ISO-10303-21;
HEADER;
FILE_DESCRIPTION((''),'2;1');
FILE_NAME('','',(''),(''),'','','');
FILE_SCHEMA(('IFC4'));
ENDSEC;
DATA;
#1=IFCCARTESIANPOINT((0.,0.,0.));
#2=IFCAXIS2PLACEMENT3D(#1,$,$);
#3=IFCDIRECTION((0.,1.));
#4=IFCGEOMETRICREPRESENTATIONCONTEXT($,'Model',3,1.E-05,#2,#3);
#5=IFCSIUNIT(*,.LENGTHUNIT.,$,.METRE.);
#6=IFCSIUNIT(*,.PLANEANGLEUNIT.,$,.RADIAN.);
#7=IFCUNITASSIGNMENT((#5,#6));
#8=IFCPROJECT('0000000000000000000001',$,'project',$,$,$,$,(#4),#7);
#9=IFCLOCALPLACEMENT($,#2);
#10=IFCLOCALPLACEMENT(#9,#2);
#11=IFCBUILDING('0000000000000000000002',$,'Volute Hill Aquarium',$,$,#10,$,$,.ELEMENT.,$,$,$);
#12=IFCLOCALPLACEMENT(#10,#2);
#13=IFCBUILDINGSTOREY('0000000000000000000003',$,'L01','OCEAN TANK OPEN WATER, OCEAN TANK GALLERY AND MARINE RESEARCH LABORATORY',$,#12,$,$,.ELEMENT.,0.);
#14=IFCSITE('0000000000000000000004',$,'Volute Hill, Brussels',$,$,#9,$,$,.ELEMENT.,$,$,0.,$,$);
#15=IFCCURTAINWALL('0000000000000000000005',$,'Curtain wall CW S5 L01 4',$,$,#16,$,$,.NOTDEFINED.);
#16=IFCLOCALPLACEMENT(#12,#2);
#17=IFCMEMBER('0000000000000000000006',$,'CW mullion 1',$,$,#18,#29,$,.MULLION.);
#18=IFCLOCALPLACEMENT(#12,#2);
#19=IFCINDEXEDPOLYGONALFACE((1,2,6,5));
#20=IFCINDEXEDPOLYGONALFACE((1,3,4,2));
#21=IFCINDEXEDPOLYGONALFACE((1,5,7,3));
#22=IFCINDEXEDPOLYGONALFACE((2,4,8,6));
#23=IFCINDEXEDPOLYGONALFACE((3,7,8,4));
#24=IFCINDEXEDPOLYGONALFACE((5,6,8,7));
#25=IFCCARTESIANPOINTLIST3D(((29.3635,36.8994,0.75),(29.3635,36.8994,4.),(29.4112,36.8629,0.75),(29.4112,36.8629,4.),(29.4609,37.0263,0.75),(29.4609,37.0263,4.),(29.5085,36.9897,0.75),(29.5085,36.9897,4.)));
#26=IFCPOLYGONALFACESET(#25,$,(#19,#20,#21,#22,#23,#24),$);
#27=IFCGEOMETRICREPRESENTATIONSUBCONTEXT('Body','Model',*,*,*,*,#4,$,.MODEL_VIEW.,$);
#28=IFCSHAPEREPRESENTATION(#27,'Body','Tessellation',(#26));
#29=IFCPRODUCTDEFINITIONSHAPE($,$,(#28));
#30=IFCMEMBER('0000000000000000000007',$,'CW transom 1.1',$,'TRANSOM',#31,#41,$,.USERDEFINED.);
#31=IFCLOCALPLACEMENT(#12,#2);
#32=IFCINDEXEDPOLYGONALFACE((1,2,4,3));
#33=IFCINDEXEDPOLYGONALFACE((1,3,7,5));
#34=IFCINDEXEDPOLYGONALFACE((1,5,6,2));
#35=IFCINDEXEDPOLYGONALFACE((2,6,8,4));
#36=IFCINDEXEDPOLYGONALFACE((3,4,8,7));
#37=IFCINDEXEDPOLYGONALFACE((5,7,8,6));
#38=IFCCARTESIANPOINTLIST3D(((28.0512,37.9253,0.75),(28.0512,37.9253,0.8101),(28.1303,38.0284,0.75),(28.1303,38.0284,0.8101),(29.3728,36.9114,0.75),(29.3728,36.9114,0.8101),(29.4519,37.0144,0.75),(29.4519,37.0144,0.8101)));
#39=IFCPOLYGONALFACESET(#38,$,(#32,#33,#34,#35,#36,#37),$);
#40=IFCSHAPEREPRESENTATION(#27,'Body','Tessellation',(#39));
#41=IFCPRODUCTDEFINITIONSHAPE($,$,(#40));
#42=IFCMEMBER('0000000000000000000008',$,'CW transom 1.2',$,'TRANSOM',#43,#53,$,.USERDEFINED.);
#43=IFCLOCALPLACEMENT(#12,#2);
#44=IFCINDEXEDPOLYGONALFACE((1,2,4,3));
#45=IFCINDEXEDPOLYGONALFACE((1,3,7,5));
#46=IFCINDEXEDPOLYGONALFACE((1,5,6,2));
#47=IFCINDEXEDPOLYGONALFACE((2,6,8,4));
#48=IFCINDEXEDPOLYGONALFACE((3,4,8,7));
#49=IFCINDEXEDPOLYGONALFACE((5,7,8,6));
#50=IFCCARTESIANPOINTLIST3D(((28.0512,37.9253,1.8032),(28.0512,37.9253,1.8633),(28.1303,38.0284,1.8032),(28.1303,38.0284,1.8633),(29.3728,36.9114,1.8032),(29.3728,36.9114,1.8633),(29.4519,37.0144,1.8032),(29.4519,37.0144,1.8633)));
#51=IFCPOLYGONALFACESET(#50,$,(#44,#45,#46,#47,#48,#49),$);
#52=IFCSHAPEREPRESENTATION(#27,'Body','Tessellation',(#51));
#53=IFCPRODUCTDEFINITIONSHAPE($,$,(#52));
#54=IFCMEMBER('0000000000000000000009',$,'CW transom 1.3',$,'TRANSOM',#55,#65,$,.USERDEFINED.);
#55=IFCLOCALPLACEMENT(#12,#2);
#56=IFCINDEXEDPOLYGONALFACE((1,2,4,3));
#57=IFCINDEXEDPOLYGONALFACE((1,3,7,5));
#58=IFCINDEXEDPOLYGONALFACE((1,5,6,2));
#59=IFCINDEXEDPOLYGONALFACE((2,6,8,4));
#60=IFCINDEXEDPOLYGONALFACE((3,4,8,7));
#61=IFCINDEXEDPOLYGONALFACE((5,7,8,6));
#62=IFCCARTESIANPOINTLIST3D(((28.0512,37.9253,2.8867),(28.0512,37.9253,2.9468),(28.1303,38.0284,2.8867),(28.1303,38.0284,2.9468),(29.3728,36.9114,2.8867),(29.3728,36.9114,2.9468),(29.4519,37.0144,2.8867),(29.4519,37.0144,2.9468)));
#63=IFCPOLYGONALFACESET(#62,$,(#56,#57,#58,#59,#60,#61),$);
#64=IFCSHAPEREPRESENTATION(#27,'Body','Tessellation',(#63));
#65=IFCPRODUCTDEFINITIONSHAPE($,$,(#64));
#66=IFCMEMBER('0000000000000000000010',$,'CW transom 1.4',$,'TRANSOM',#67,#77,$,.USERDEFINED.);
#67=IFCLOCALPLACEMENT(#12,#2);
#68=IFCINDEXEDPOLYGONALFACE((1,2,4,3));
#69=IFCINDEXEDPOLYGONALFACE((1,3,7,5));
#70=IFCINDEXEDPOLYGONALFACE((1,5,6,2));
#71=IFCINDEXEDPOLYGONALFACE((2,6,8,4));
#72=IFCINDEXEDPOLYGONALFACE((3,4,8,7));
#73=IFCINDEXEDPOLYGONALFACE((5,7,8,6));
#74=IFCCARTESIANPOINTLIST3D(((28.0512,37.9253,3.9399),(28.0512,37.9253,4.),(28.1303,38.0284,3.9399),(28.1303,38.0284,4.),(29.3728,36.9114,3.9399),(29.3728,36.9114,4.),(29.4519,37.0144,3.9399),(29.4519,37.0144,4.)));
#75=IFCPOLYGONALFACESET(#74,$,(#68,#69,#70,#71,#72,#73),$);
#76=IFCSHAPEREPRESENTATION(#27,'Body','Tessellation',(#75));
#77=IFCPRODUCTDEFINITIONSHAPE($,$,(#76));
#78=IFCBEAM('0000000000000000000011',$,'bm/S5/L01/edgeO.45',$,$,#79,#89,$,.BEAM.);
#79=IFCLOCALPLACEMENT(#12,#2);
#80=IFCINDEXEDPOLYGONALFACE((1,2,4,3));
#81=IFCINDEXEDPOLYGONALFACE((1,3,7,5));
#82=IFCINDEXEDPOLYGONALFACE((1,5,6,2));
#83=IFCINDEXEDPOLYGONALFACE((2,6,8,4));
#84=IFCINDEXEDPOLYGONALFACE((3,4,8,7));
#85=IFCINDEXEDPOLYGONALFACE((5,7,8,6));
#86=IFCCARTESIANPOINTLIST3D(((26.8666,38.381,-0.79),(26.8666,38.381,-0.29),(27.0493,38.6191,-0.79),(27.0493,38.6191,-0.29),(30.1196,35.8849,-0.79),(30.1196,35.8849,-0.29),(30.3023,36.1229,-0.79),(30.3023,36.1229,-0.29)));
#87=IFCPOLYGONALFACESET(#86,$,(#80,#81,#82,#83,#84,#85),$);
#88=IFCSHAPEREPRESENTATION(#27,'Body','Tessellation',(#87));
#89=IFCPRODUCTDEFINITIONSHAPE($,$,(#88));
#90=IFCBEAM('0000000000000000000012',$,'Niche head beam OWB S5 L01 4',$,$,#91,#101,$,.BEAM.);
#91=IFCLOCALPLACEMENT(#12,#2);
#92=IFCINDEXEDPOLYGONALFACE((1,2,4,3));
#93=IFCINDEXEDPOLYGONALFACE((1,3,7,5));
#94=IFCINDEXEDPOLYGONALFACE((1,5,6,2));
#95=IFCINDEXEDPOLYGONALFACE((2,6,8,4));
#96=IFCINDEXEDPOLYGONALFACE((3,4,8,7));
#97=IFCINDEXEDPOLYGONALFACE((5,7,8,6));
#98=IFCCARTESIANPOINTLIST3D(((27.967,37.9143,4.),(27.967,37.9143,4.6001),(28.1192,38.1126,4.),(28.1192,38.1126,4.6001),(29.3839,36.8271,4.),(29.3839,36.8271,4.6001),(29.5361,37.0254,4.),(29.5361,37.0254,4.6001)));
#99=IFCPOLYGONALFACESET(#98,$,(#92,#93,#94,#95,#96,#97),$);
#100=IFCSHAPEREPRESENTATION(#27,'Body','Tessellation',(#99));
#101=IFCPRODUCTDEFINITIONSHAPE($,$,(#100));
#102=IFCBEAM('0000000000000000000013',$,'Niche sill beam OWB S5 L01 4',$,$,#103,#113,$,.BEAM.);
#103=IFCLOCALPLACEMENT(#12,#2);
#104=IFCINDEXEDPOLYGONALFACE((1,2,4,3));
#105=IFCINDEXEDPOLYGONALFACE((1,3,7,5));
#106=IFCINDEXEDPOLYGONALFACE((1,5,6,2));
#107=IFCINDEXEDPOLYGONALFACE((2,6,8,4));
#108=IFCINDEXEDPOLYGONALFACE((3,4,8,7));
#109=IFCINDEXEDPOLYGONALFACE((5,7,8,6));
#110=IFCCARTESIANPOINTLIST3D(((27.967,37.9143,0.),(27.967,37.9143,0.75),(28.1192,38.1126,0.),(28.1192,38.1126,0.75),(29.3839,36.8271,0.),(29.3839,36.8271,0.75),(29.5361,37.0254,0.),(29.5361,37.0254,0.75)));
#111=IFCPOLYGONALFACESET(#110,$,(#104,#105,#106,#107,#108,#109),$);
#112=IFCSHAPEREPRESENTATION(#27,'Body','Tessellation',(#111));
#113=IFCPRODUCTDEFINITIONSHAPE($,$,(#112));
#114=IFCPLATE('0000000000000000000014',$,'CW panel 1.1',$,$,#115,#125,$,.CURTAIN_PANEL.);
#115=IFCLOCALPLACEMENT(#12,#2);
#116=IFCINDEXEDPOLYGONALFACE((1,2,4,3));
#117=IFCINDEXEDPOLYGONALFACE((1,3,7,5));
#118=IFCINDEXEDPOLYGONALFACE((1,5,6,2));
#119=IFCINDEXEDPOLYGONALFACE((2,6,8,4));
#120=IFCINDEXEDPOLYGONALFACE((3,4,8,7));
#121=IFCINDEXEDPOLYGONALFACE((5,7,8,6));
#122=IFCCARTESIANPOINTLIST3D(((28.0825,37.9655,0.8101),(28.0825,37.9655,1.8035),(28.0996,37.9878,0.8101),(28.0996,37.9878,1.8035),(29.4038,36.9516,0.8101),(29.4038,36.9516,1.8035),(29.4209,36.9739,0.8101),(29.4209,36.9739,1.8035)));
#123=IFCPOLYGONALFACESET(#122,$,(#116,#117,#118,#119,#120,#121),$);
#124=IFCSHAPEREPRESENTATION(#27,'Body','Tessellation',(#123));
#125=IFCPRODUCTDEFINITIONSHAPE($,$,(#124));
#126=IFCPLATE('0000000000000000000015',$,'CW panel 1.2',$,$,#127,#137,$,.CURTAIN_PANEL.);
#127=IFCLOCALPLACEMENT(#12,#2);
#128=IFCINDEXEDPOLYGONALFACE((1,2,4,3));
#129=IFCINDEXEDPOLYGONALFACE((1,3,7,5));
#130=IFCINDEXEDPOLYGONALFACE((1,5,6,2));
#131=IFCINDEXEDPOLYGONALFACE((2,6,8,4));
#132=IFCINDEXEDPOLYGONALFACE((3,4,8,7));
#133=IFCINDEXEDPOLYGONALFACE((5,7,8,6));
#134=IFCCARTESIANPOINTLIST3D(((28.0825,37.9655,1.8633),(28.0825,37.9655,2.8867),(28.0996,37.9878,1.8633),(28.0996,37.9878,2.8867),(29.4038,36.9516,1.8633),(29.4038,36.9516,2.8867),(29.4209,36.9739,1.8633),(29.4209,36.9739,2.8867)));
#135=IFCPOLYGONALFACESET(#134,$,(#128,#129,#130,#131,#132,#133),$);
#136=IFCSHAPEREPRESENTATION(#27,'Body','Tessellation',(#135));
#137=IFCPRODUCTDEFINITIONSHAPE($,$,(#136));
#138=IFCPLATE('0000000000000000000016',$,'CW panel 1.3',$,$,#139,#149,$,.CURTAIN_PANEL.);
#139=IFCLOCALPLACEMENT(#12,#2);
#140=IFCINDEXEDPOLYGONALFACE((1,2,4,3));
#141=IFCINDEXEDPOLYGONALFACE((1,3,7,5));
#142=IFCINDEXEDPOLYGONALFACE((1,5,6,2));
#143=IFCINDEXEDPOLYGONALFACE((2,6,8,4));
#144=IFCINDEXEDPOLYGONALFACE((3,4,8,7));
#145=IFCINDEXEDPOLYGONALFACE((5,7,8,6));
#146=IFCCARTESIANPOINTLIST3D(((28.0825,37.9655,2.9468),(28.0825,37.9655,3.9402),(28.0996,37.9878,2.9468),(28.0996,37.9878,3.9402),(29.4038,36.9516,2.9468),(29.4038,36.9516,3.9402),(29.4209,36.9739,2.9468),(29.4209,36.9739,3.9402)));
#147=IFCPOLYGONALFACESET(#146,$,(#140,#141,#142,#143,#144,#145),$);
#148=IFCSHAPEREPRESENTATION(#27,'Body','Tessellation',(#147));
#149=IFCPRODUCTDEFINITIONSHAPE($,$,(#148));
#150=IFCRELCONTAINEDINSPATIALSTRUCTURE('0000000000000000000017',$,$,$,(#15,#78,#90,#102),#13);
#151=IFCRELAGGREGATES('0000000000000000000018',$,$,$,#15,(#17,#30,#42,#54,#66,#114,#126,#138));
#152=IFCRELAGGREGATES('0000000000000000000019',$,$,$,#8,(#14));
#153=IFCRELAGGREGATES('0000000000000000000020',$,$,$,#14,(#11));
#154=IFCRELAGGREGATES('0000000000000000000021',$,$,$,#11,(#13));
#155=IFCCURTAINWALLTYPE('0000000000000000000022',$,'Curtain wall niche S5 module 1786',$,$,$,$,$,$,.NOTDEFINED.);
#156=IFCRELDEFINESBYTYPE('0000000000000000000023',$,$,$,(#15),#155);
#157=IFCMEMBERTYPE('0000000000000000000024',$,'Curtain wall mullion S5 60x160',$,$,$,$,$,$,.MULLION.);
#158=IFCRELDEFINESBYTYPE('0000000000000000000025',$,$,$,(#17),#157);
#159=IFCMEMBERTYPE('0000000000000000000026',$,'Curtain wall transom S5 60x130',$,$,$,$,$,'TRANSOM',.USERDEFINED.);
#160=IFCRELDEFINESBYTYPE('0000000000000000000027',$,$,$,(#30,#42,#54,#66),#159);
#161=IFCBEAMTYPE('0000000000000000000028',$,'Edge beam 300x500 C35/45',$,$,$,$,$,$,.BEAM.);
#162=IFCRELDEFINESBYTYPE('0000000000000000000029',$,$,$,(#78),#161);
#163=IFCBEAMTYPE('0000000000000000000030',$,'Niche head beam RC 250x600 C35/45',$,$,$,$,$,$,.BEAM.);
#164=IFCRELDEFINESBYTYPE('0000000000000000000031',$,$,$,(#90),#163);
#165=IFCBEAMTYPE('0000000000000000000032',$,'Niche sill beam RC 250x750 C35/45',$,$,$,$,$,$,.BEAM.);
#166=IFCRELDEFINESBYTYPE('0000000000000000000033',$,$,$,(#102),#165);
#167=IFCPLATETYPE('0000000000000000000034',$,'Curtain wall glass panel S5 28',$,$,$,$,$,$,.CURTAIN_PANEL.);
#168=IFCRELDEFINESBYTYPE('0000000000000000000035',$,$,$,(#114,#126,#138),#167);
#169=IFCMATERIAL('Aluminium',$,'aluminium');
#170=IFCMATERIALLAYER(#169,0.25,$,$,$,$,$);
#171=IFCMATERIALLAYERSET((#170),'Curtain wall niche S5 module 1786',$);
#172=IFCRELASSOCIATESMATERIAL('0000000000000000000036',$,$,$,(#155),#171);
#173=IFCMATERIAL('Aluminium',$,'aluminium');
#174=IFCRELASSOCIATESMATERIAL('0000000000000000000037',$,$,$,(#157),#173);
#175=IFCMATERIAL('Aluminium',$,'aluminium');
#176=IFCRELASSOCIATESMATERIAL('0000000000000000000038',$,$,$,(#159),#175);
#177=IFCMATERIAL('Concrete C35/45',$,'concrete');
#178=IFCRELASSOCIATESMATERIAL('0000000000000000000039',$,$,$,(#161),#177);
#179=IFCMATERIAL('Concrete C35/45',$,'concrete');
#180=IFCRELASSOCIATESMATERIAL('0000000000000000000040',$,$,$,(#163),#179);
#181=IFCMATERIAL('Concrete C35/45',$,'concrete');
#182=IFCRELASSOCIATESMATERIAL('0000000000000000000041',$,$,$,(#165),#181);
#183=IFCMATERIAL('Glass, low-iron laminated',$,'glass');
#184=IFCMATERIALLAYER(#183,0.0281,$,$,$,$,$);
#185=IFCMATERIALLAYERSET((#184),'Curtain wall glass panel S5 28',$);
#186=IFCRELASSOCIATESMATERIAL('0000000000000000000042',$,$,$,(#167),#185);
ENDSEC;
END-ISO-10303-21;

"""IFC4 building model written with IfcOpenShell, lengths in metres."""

from ifc_helpers import new_model, si_unit, direction, frame, origin, origin_2d, place, context, subcontext, project, spatial, rectangle, extrude, material, layer, layer_set, material_profile, profile_set, type_object, element, aggregate, save


model = new_model("IFC4")

# Units and contexts
model_context = context("Model", 3, precision=1e-05, world=origin(), true_north=direction((0.0, 1.0)))
body_context = subcontext(model_context, "Body", "Model", "MODEL_VIEW")
ifc_project = project(units=[si_unit("LENGTHUNIT", "METRE"), si_unit("PLANEANGLEUNIT", "RADIAN")], contexts=[model_context])

# Site, building, storey
site_placement = place(None, origin())
site = spatial("IfcSite", under=ifc_project, at=site_placement, Name="Volute Hill, Brussels", CompositionType="ELEMENT", RefElevation=0.0)
building_placement = place(site_placement, origin())
building = spatial("IfcBuilding", under=site, at=building_placement, Name="Volute Hill Aquarium", CompositionType="ELEMENT")
storey_placement = place(building_placement, origin())
storey = spatial("IfcBuildingStorey", under=building, at=storey_placement, Name="L01", Description="OCEAN TANK OPEN WATER, OCEAN TANK GALLERY AND MARINE RESEARCH LABORATORY", CompositionType="ELEMENT", Elevation=0.0)

# Curtain wall, members
ifc_material_1 = material(Name="Aluminium", Category="aluminium")
ifc_layer_1 = layer(ifc_material_1, 0.25)
ifc_layer_set_1 = layer_set([ifc_layer_1], Name="Curtain wall niche S5 module 1786")
curtain_wall_type = type_object("IfcCurtainWallType", Name="Curtain wall niche S5 module 1786", PredefinedType="NOTDEFINED", material=ifc_layer_set_1)
curtain_wall_placement = place(storey_placement, origin())
curtain_wall = element("IfcCurtainWall", 1, at=curtain_wall_placement, inside=storey, type_object=curtain_wall_type, Name="Curtain wall CW S5 L01 4", PredefinedType="NOTDEFINED")
ifc_material_2 = material(Name="Aluminium", Category="aluminium")
ifc_material_profile_1 = material_profile(ifc_material_2, rectangle(XDim=0.1599, YDim=0.0601, at=origin_2d()), Name="Curtain wall mullion S5 60x160")
ifc_profile_set_1 = profile_set([ifc_material_profile_1], Name="Aluminium")
member_type_1 = type_object("IfcMemberType", Name="Curtain wall mullion S5 60x160", PredefinedType="MULLION", material=ifc_profile_set_1)
member_1_placement = place(storey_placement, frame((29.436, 36.9446, 0.75), z_axis=(0.0, 0.0, 1.0), x_axis=(-0.608755, -0.793358, 0.0)))
member_1 = element("IfcMember", 2, at=member_1_placement, type_object=member_type_1, Name="CW mullion 1", PredefinedType="MULLION", context=body_context, shape_type="SweptSolid", body=[
    extrude(rectangle(XDim=0.1599, YDim=0.0601, at=origin_2d()), origin(), (0.0, 0.0, 1.0), 3.25),
])
ifc_material_3 = material(Name="Aluminium", Category="aluminium")
ifc_material_profile_2 = material_profile(ifc_material_3, rectangle(XDim=0.1299, YDim=0.0601, at=origin_2d()), Name="Curtain wall transom S5 60x130")
ifc_profile_set_2 = profile_set([ifc_material_profile_2], Name="Aluminium")
member_type_2 = type_object("IfcMemberType", Name="Curtain wall transom S5 60x130", ElementType="TRANSOM", PredefinedType="USERDEFINED", material=ifc_profile_set_2)
member_2_placement = place(storey_placement, frame((29.4124, 36.9629, 0.78), z_axis=(-0.793392, 0.608712, 0.0), x_axis=(-0.608712, -0.793392, 0.0)))
member_2 = element("IfcMember", 3, at=member_2_placement, type_object=member_type_2, Name="CW transom 1.1", ObjectType="TRANSOM", PredefinedType="USERDEFINED", context=body_context, shape_type="SweptSolid", body=[
    extrude(rectangle(XDim=0.1299, YDim=0.0601, at=origin_2d()), origin(), (0.0, 0.0, 1.0), 1.6658),
])
member_3_placement = place(storey_placement, frame((29.4124, 36.9629, 1.8333), z_axis=(-0.793392, 0.608712, 0.0), x_axis=(-0.608712, -0.793392, 0.0)))
member_3 = element("IfcMember", 4, at=member_3_placement, type_object=member_type_2, Name="CW transom 1.2", ObjectType="TRANSOM", PredefinedType="USERDEFINED", context=body_context, shape_type="SweptSolid", body=[
    extrude(rectangle(XDim=0.1299, YDim=0.0601, at=origin_2d()), origin(), (0.0, 0.0, 1.0), 1.6658),
])
member_4_placement = place(storey_placement, frame((29.4124, 36.9629, 2.9167), z_axis=(-0.793392, 0.608712, 0.0), x_axis=(-0.608712, -0.793392, 0.0)))
member_4 = element("IfcMember", 5, at=member_4_placement, type_object=member_type_2, Name="CW transom 1.3", ObjectType="TRANSOM", PredefinedType="USERDEFINED", context=body_context, shape_type="SweptSolid", body=[
    extrude(rectangle(XDim=0.1299, YDim=0.0601, at=origin_2d()), origin(), (0.0, 0.0, 1.0), 1.6658),
])
member_5_placement = place(storey_placement, frame((29.4124, 36.9629, 3.97), z_axis=(-0.793392, 0.608712, 0.0), x_axis=(-0.608712, -0.793392, 0.0)))
member_5 = element("IfcMember", 6, at=member_5_placement, type_object=member_type_2, Name="CW transom 1.4", ObjectType="TRANSOM", PredefinedType="USERDEFINED", context=body_context, shape_type="SweptSolid", body=[
    extrude(rectangle(XDim=0.1299, YDim=0.0601, at=origin_2d()), origin(), (0.0, 0.0, 1.0), 1.6658),
])

# Beams
ifc_material_4 = material(Name="Concrete C35/45", Category="concrete")
ifc_material_profile_3 = material_profile(ifc_material_4, rectangle(XDim=0.3, YDim=0.5, at=origin_2d()), Name="RC edge beam 300x500")
ifc_profile_set_3 = profile_set([ifc_material_profile_3], Name="Concrete C35/45")
beam_type_1 = type_object("IfcBeamType", Name="Edge beam 300x500 C35/45", PredefinedType="BEAM", material=ifc_profile_set_3)
beam_1_placement = place(storey_placement, frame((30.2109, 36.0039, -0.54), z_axis=(-0.793349, 0.608766, 0.0), x_axis=(-0.608766, -0.793349, 0.0)))
element("IfcBeam", 7, at=beam_1_placement, inside=storey, type_object=beam_type_1, Name="bm/S5/L01/edgeO.45", PredefinedType="BEAM", context=body_context, shape_type="SweptSolid", body=[
    extrude(rectangle(XDim=0.3, YDim=0.5, at=origin_2d()), origin(), (0.0, 0.0, 1.0), 4.1003),
])
ifc_material_5 = material(Name="Concrete C35/45", Category="concrete")
ifc_material_profile_4 = material_profile(ifc_material_5, rectangle(XDim=0.25, YDim=0.6001, at=origin_2d()), Name="RC beam 250x600")
ifc_profile_set_4 = profile_set([ifc_material_profile_4], Name="Concrete C35/45")
beam_type_2 = type_object("IfcBeamType", Name="Niche head beam RC 250x600 C35/45", PredefinedType="BEAM", material=ifc_profile_set_4)
beam_2_placement = place(storey_placement, frame((29.46, 36.9263, 4.3), z_axis=(-0.79334, 0.608779, 0.0), x_axis=(-0.608779, -0.79334, 0.0)))
element("IfcBeam", 8, at=beam_2_placement, inside=storey, type_object=beam_type_2, Name="Niche head beam OWB S5 L01 4", PredefinedType="BEAM", context=body_context, shape_type="SweptSolid", body=[
    extrude(rectangle(XDim=0.25, YDim=0.6001, at=origin_2d()), origin(), (0.0, 0.0, 1.0), 1.7859),
])
ifc_material_6 = material(Name="Concrete C35/45", Category="concrete")
ifc_material_profile_5 = material_profile(ifc_material_6, rectangle(XDim=0.25, YDim=0.75, at=origin_2d()), Name="RC beam 250x750")
ifc_profile_set_5 = profile_set([ifc_material_profile_5], Name="Concrete C35/45")
beam_type_3 = type_object("IfcBeamType", Name="Niche sill beam RC 250x750 C35/45", PredefinedType="BEAM", material=ifc_profile_set_5)
beam_3_placement = place(storey_placement, frame((29.46, 36.9263, 0.375), z_axis=(-0.79334, 0.608779, 0.0), x_axis=(-0.608779, -0.79334, 0.0)))
element("IfcBeam", 9, at=beam_3_placement, inside=storey, type_object=beam_type_3, Name="Niche sill beam OWB S5 L01 4", PredefinedType="BEAM", context=body_context, shape_type="SweptSolid", body=[
    extrude(rectangle(XDim=0.25, YDim=0.75, at=origin_2d()), origin(), (0.0, 0.0, 1.0), 1.7859),
])

# Plates
ifc_material_7 = material(Name="Glass, low-iron laminated", Category="glass")
ifc_layer_2 = layer(ifc_material_7, 0.0281)
ifc_layer_set_2 = layer_set([ifc_layer_2], Name="Curtain wall glass panel S5 28")
plate_type = type_object("IfcPlateType", Name="Curtain wall glass panel S5 28", PredefinedType="CURTAIN_PANEL", material=ifc_layer_set_2)
plate_1_placement = place(storey_placement, frame((28.7517, 37.4697, 0.8101), z_axis=(0.0, 0.0, 1.0), x_axis=(-0.793358, 0.608755, 0.0)))
plate_1 = element("IfcPlate", 10, at=plate_1_placement, type_object=plate_type, Name="CW panel 1.1", PredefinedType="CURTAIN_PANEL", context=body_context, shape_type="SweptSolid", body=[
    extrude(rectangle(XDim=1.6655, YDim=0.0281, at=origin_2d()), origin(), (0.0, 0.0, 1.0), 0.9934),
])
plate_2_placement = place(storey_placement, frame((28.7517, 37.4697, 1.8633), z_axis=(0.0, 0.0, 1.0), x_axis=(-0.793358, 0.608755, 0.0)))
plate_2 = element("IfcPlate", 11, at=plate_2_placement, type_object=plate_type, Name="CW panel 1.2", PredefinedType="CURTAIN_PANEL", context=body_context, shape_type="SweptSolid", body=[
    extrude(rectangle(XDim=1.6655, YDim=0.0281, at=origin_2d()), origin(), (0.0, 0.0, 1.0), 1.0234),
])
plate_3_placement = place(storey_placement, frame((28.7517, 37.4697, 2.9468), z_axis=(0.0, 0.0, 1.0), x_axis=(-0.793358, 0.608755, 0.0)))
plate_3 = element("IfcPlate", 12, at=plate_3_placement, type_object=plate_type, Name="CW panel 1.3", PredefinedType="CURTAIN_PANEL", context=body_context, shape_type="SweptSolid", body=[
    extrude(rectangle(XDim=1.6655, YDim=0.0281, at=origin_2d()), origin(), (0.0, 0.0, 1.0), 0.9934),
])
aggregate(curtain_wall, [member_1, member_2, member_3, member_4, member_5, plate_1, plate_2, plate_3])

save(model, "model.ifc")
